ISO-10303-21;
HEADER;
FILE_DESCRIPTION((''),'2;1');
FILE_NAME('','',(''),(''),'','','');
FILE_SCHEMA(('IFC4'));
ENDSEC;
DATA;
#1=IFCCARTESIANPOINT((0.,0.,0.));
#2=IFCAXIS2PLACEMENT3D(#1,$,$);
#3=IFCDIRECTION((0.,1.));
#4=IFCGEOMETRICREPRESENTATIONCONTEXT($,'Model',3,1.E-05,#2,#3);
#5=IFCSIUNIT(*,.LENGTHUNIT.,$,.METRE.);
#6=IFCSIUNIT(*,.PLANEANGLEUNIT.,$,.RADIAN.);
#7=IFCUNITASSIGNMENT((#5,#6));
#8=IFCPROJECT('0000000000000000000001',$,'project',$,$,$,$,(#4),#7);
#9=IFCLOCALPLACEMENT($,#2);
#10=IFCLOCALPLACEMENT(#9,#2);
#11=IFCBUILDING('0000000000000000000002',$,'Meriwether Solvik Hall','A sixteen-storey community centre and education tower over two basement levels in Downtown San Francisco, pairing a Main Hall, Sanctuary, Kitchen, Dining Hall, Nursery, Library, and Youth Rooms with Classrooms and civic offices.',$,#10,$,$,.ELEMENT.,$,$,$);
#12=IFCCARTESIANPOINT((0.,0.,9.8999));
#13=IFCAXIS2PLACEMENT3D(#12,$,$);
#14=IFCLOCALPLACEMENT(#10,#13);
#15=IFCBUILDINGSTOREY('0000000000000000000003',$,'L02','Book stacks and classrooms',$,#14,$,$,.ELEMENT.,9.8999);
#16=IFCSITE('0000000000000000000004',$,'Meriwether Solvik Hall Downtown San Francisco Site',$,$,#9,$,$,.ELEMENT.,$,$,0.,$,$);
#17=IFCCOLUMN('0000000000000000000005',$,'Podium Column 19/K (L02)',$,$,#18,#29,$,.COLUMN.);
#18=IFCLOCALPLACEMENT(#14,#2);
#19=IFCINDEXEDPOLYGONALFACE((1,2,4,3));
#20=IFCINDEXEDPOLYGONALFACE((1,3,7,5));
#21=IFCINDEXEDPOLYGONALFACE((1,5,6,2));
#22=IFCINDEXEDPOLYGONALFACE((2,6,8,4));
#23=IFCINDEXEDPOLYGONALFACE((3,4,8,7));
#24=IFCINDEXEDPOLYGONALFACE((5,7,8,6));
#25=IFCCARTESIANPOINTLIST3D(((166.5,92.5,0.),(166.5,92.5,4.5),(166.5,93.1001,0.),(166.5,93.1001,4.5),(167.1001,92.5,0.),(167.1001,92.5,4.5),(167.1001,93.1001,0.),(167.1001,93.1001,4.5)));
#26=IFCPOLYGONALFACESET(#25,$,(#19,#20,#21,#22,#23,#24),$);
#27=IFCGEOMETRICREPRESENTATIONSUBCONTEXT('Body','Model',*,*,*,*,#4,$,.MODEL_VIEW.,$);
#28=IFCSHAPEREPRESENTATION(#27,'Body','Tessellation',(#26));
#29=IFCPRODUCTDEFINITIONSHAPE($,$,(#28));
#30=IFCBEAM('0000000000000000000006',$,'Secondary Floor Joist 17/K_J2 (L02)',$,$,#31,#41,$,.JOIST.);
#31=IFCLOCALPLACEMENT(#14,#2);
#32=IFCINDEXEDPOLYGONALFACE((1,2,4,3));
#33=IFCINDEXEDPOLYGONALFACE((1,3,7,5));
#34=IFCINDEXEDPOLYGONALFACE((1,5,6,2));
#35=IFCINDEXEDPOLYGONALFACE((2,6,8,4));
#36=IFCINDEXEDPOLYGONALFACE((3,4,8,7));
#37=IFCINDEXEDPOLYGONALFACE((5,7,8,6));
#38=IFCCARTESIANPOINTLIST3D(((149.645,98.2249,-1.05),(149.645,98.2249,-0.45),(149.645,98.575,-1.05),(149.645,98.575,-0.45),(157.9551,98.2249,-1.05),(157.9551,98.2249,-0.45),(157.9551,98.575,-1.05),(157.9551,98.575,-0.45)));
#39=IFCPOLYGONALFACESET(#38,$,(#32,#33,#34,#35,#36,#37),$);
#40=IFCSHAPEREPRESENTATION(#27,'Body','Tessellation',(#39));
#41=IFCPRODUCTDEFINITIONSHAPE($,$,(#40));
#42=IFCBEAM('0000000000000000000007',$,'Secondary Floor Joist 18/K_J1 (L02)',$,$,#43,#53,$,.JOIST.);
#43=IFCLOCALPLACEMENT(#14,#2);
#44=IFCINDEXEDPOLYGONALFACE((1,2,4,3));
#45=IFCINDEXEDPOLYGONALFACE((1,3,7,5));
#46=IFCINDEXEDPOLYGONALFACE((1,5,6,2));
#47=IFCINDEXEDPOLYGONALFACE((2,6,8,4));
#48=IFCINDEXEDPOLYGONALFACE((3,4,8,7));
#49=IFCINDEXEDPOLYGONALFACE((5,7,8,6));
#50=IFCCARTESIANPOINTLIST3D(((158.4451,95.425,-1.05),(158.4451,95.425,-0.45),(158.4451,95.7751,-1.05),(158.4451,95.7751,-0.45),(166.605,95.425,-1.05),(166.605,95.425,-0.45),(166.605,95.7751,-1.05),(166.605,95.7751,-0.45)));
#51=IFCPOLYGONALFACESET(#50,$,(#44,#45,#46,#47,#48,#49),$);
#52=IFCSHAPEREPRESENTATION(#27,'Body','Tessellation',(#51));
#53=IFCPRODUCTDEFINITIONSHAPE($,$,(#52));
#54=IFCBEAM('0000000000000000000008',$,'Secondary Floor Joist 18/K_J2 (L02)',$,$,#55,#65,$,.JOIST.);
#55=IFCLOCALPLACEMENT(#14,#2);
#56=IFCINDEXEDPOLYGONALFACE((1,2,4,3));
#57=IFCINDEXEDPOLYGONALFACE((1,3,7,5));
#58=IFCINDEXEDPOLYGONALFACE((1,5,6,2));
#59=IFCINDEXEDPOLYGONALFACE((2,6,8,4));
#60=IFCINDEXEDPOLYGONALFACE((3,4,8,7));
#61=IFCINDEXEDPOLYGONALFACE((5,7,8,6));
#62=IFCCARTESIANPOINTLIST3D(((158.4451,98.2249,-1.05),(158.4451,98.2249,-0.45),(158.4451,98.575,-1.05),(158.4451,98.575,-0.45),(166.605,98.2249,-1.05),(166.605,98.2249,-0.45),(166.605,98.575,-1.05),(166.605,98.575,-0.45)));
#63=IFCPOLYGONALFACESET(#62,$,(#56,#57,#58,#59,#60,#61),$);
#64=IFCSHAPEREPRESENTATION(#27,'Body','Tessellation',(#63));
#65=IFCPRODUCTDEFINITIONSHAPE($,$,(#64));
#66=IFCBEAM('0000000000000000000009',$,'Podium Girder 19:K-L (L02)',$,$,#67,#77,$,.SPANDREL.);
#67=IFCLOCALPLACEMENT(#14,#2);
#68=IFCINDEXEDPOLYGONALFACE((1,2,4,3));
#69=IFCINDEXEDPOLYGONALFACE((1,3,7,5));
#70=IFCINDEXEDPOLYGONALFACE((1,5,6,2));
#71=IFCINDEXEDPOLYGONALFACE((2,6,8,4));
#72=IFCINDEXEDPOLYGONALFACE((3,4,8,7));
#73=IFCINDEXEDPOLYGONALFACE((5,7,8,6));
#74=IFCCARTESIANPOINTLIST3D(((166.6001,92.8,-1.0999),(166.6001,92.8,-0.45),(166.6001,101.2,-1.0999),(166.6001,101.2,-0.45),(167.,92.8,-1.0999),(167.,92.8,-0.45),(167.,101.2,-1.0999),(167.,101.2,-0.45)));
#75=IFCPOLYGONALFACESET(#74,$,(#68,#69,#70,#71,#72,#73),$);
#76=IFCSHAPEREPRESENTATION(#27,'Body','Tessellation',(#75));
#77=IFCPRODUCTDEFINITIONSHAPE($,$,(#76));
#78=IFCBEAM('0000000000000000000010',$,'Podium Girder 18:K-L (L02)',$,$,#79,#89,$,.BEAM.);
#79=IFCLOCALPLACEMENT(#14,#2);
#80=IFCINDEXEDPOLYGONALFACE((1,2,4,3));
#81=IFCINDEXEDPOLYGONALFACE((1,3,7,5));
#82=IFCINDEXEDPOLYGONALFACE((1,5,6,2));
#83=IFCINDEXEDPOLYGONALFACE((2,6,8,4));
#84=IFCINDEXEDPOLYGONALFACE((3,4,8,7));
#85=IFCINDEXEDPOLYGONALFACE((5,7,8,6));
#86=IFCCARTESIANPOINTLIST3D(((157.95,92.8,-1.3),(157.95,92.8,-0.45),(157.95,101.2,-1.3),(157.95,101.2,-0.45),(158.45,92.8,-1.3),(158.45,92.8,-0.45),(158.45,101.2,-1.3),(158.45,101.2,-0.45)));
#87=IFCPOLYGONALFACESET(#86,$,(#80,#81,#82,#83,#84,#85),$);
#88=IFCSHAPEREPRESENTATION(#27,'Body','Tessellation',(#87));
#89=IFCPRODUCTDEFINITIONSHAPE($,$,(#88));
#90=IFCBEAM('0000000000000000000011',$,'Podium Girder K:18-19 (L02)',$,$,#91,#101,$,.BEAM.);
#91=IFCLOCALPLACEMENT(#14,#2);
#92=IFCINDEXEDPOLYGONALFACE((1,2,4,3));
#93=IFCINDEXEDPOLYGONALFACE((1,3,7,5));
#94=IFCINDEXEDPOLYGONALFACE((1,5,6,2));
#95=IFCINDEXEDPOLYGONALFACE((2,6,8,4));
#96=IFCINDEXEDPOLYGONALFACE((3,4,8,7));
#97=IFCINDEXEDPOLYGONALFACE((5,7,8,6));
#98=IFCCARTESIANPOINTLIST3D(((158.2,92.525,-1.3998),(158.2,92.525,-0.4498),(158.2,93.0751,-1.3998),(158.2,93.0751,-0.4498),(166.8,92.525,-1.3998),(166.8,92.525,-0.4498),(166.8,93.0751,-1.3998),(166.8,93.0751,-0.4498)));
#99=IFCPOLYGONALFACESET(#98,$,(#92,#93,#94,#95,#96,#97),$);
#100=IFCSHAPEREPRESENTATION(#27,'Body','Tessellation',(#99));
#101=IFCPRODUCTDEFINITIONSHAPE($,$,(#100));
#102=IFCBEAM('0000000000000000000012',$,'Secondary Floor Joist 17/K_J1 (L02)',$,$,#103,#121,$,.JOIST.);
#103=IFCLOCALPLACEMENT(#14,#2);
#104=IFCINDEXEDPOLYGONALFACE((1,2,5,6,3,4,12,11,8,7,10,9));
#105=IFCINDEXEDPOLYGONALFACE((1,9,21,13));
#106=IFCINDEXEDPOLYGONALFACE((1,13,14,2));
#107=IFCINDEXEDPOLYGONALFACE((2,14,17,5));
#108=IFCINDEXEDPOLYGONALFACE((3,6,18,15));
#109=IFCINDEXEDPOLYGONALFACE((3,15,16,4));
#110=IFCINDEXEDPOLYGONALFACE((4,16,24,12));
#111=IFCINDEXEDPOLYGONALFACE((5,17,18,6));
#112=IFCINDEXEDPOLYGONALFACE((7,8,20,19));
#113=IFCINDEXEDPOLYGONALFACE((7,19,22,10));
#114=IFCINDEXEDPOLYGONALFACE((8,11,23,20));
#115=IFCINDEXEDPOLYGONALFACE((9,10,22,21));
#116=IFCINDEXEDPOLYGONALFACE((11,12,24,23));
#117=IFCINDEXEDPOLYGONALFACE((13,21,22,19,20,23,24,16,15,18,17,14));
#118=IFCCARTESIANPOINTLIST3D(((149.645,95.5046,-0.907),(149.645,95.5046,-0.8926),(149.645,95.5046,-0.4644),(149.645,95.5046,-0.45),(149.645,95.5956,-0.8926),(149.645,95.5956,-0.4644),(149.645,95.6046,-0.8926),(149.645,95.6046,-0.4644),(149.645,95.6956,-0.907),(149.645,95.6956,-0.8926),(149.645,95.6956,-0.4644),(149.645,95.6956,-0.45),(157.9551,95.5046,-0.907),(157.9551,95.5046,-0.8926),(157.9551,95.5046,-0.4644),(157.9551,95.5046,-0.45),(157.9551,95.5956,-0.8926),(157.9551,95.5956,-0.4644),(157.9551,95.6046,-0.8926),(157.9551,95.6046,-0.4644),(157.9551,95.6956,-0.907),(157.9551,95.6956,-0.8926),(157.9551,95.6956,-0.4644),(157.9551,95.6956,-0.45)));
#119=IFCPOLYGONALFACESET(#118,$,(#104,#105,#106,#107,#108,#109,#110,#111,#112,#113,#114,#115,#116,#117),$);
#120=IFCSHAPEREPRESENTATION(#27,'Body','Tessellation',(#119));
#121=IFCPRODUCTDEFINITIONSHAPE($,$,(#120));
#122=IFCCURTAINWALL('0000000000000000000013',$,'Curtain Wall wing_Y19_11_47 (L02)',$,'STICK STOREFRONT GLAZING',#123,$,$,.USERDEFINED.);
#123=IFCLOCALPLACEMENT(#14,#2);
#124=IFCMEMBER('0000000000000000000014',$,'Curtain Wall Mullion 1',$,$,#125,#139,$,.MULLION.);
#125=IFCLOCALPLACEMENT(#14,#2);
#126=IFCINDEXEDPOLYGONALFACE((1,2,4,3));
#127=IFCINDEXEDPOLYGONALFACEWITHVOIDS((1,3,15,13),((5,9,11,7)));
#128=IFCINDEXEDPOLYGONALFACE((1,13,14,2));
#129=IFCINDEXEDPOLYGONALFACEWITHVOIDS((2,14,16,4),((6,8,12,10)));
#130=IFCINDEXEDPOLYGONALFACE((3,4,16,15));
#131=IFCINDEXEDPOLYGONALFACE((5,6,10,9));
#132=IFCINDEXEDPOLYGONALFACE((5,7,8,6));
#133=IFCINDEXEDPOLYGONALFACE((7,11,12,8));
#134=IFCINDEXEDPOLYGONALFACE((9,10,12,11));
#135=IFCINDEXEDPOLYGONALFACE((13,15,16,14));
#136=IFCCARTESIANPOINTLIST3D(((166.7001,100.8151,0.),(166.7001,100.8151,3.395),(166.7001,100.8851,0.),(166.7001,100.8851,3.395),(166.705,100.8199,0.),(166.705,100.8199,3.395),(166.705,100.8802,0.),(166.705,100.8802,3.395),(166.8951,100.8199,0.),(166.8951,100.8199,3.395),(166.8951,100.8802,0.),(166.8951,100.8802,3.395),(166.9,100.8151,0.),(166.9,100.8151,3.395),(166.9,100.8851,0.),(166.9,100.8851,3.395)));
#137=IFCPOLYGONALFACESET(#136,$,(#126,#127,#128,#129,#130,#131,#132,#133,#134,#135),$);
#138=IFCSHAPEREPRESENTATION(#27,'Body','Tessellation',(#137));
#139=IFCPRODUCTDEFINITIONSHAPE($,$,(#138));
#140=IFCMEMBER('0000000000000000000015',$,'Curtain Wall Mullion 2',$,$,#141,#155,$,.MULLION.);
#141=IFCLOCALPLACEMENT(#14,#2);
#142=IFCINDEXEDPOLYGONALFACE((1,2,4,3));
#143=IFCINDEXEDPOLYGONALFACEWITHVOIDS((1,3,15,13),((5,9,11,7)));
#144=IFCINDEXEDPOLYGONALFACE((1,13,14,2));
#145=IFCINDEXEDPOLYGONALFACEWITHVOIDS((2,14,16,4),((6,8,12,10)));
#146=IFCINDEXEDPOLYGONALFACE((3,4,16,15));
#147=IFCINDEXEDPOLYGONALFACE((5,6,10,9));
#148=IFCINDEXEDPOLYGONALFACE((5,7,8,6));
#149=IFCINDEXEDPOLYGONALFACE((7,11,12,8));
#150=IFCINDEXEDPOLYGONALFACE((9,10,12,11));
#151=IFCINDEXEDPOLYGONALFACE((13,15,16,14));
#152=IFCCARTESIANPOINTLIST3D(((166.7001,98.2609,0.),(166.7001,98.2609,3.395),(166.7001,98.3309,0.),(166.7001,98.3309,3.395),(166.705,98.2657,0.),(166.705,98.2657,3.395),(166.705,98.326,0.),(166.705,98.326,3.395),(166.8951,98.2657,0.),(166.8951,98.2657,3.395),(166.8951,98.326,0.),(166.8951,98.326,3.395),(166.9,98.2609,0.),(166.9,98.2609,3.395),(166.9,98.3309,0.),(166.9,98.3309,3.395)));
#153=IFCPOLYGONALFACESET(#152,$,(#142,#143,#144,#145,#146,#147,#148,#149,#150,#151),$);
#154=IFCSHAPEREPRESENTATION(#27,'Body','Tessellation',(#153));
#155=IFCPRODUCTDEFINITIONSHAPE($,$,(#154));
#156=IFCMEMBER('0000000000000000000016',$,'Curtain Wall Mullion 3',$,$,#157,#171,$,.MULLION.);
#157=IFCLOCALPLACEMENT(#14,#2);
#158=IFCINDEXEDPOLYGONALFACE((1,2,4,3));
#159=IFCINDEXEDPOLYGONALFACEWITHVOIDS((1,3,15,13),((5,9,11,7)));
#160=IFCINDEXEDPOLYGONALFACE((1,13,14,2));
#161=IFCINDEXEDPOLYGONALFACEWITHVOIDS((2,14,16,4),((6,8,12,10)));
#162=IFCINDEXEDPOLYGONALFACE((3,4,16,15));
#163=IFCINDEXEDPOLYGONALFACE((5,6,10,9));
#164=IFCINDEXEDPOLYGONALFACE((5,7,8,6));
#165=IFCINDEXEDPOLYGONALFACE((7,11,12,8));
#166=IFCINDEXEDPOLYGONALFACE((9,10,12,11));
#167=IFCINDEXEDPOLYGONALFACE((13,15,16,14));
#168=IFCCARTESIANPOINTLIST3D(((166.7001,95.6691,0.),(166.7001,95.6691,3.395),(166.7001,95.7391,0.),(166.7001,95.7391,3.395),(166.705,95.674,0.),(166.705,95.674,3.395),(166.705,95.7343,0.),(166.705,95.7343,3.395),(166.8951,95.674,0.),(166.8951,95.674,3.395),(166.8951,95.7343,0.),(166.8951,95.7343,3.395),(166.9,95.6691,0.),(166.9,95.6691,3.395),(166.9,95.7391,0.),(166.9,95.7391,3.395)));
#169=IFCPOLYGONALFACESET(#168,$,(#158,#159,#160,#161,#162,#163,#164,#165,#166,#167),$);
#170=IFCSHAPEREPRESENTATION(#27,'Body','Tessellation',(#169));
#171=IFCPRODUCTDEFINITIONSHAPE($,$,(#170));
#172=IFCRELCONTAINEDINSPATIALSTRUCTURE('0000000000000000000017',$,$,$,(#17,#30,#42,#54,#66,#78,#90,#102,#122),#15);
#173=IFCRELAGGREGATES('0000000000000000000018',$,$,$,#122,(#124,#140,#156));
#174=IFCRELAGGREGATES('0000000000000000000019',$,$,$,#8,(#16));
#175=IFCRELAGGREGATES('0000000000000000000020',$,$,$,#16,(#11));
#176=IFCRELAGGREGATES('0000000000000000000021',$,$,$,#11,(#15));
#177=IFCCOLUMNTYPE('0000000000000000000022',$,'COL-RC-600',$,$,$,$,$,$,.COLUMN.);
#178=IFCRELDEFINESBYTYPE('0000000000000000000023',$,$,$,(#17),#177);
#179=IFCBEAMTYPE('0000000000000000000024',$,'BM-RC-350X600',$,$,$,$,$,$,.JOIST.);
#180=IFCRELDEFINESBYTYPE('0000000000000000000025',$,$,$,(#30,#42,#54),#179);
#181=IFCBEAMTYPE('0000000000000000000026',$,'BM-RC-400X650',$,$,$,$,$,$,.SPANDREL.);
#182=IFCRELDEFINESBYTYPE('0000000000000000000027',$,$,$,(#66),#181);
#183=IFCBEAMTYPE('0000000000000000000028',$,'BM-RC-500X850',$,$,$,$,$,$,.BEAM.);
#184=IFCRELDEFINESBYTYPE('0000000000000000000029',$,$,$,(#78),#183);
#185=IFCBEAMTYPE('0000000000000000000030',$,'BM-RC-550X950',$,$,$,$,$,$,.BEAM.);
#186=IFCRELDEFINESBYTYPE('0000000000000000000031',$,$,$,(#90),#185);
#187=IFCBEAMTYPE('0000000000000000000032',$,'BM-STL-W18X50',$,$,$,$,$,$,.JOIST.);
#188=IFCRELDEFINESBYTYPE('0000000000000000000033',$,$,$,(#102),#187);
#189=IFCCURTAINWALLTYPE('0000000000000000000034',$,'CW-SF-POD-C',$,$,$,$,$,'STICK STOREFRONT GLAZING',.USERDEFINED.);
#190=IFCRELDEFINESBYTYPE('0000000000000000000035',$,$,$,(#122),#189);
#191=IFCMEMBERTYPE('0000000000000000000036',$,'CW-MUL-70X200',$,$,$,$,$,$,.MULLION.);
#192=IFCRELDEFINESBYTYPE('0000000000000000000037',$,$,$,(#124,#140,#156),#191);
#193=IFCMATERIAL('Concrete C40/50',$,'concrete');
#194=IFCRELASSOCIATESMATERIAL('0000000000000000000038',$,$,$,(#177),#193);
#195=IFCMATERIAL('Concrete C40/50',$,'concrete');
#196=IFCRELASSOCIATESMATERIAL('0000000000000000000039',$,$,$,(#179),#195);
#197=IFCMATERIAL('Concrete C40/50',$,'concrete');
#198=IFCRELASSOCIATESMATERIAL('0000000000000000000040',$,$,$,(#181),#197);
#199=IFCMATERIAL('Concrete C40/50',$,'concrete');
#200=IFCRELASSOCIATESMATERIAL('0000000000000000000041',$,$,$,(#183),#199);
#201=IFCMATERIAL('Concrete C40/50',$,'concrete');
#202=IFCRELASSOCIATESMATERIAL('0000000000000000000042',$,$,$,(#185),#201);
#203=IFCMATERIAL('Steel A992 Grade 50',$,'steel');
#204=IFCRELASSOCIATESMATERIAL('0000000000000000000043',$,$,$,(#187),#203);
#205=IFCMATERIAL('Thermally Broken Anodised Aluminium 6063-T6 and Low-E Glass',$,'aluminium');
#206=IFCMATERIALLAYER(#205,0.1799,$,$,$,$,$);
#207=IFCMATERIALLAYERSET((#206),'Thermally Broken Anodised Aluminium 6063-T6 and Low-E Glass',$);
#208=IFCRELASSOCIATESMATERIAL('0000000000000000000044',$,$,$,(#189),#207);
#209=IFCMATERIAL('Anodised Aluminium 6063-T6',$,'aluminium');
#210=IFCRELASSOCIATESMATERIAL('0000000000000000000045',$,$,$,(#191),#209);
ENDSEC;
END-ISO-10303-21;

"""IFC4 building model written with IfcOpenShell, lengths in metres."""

from ifc_helpers import new_model, si_unit, direction, frame, origin, origin_2d, place, context, subcontext, project, spatial, rectangle, hollow_rectangle, i_section, extrude, material, layer, layer_set, material_profile, profile_set, type_object, element, aggregate, save


model = new_model("IFC4")

# Units and contexts
model_context = context("Model", 3, precision=1e-05, world=origin(), true_north=direction((0.0, 1.0)))
body_context = subcontext(model_context, "Body", "Model", "MODEL_VIEW")
ifc_project = project(units=[si_unit("LENGTHUNIT", "METRE"), si_unit("PLANEANGLEUNIT", "RADIAN")], contexts=[model_context])

# Site, building, storey
site_placement = place(None, origin())
site = spatial("IfcSite", under=ifc_project, at=site_placement, Name="Meriwether Solvik Hall Downtown San Francisco Site", CompositionType="ELEMENT", RefElevation=0.0)
building_placement = place(site_placement, origin())
building = spatial("IfcBuilding", under=site, at=building_placement, Name="Meriwether Solvik Hall", Description="A sixteen-storey community centre and education tower over two basement levels in Downtown San Francisco, pairing a Main Hall, Sanctuary, Kitchen, Dining Hall, Nursery, Library, and Youth Rooms with Classrooms and civic offices.", CompositionType="ELEMENT")
storey_placement = place(building_placement, frame((0.0, 0.0, 9.8999)))
storey = spatial("IfcBuildingStorey", under=building, at=storey_placement, Name="L02", Description="Book stacks and classrooms", CompositionType="ELEMENT", Elevation=9.8999)

# Column
ifc_material_1 = material(Name="Concrete C40/50", Category="concrete")
ifc_material_profile_1 = material_profile(ifc_material_1, rectangle(XDim=0.6001, YDim=0.6001, at=origin_2d()), Name="RCC-600X600")
ifc_profile_set_1 = profile_set([ifc_material_profile_1], Name="Concrete C40/50")
column_type = type_object("IfcColumnType", Name="COL-RC-600", PredefinedType="COLUMN", material=ifc_profile_set_1)
column_placement = place(storey_placement, frame((166.8, 92.8, 0.0), z_axis=(0.0, 0.0, 1.0), x_axis=(1.0, 0.0, 0.0)))
element("IfcColumn", 1, at=column_placement, inside=storey, type_object=column_type, Name="Podium Column 19/K (L02)", PredefinedType="COLUMN", context=body_context, shape_type="SweptSolid", body=[
    extrude(rectangle(XDim=0.6001, YDim=0.6001, at=origin_2d()), origin(), (0.0, 0.0, 1.0), 4.5),
])

# Beams
ifc_material_2 = material(Name="Concrete C40/50", Category="concrete")
ifc_material_profile_2 = material_profile(ifc_material_2, rectangle(XDim=0.3501, YDim=0.6001, at=origin_2d()), Name="RCB-350X600")
ifc_profile_set_2 = profile_set([ifc_material_profile_2], Name="Concrete C40/50")
beam_type_1 = type_object("IfcBeamType", Name="BM-RC-350X600", PredefinedType="JOIST", material=ifc_profile_set_2)
beam_1_placement = place(storey_placement, frame((149.645, 98.3999, -0.75), z_axis=(1.0, 0.0, 0.0), x_axis=(0.0, 1.0, 0.0)))
element("IfcBeam", 2, at=beam_1_placement, inside=storey, type_object=beam_type_1, Name="Secondary Floor Joist 17/K_J2 (L02)", PredefinedType="JOIST", context=body_context, shape_type="SweptSolid", body=[
    extrude(rectangle(XDim=0.3501, YDim=0.6001, at=origin_2d()), origin(), (0.0, 0.0, 1.0), 8.3101),
])
for number, where, z_axis, x_axis, name in (
    (3, (158.4451, 95.6001, -0.75), (1.0, 0.0, 0.0), (0.0, 1.0, 0.0), "Secondary Floor Joist 18/K_J1 (L02)"),
    (4, (158.4451, 98.3999, -0.75), (1.0, 0.0, 0.0), (0.0, 1.0, 0.0), "Secondary Floor Joist 18/K_J2 (L02)"),
):
    element("IfcBeam", number, at=place(storey_placement, frame(where, z_axis=z_axis, x_axis=x_axis)), inside=storey, type_object=beam_type_1, Name=name, PredefinedType="JOIST", context=body_context, shape_type="SweptSolid", body=[
        extrude(rectangle(XDim=0.3501, YDim=0.6001, at=origin_2d()), origin(), (0.0, 0.0, 1.0), 8.1599),
    ])
ifc_material_3 = material(Name="Concrete C40/50", Category="concrete")
ifc_material_profile_3 = material_profile(ifc_material_3, rectangle(XDim=0.3999, YDim=0.6499, at=origin_2d()), Name="RCB-400X650")
ifc_profile_set_3 = profile_set([ifc_material_profile_3], Name="Concrete C40/50")
beam_type_2 = type_object("IfcBeamType", Name="BM-RC-400X650", PredefinedType="SPANDREL", material=ifc_profile_set_3)
beam_2_placement = place(storey_placement, frame((166.8, 92.8, -0.7749), z_axis=(0.0, 1.0, 0.0), x_axis=(-1.0, 0.0, 0.0)))
element("IfcBeam", 5, at=beam_2_placement, inside=storey, type_object=beam_type_2, Name="Podium Girder 19:K-L (L02)", PredefinedType="SPANDREL", context=body_context, shape_type="SweptSolid", body=[
    extrude(rectangle(XDim=0.3999, YDim=0.6499, at=origin_2d()), origin(), (0.0, 0.0, 1.0), 8.3999),
])
ifc_material_4 = material(Name="Concrete C40/50", Category="concrete")
ifc_material_profile_4 = material_profile(ifc_material_4, rectangle(XDim=0.5, YDim=0.8501, at=origin_2d()), Name="RCB-500X850")
ifc_profile_set_4 = profile_set([ifc_material_profile_4], Name="Concrete C40/50")
beam_type_3 = type_object("IfcBeamType", Name="BM-RC-500X850", PredefinedType="BEAM", material=ifc_profile_set_4)
beam_3_placement = place(storey_placement, frame((158.2, 92.8, -0.875), z_axis=(0.0, 1.0, 0.0), x_axis=(-1.0, 0.0, 0.0)))
element("IfcBeam", 6, at=beam_3_placement, inside=storey, type_object=beam_type_3, Name="Podium Girder 18:K-L (L02)", PredefinedType="BEAM", context=body_context, shape_type="SweptSolid", body=[
    extrude(rectangle(XDim=0.5, YDim=0.8501, at=origin_2d()), origin(), (0.0, 0.0, 1.0), 8.3999),
])
ifc_material_5 = material(Name="Concrete C40/50", Category="concrete")
ifc_material_profile_5 = material_profile(ifc_material_5, rectangle(XDim=0.55, YDim=0.95, at=origin_2d()), Name="RCB-550X950")
ifc_profile_set_5 = profile_set([ifc_material_profile_5], Name="Concrete C40/50")
beam_type_4 = type_object("IfcBeamType", Name="BM-RC-550X950", PredefinedType="BEAM", material=ifc_profile_set_5)
beam_4_placement = place(storey_placement, frame((158.2, 92.8, -0.9248), z_axis=(1.0, 0.0, 0.0), x_axis=(0.0, 1.0, 0.0)))
element("IfcBeam", 7, at=beam_4_placement, inside=storey, type_object=beam_type_4, Name="Podium Girder K:18-19 (L02)", PredefinedType="BEAM", context=body_context, shape_type="SweptSolid", body=[
    extrude(rectangle(XDim=0.55, YDim=0.95, at=origin_2d()), origin(), (0.0, 0.0, 1.0), 8.6001),
])
ifc_material_6 = material(Name="Steel A992 Grade 50", Category="steel")
ifc_material_profile_6 = material_profile(ifc_material_6, i_section(OverallWidth=0.1909, OverallDepth=0.457, WebThickness=0.009, FlangeThickness=0.0144, at=origin_2d()), Name="W18X50")
ifc_profile_set_6 = profile_set([ifc_material_profile_6], Name="Steel A992 Grade 50")
beam_type_5 = type_object("IfcBeamType", Name="BM-STL-W18X50", PredefinedType="JOIST", material=ifc_profile_set_6)
beam_5_placement = place(storey_placement, frame((149.645, 95.6001, -0.6785), z_axis=(1.0, 0.0, 0.0), x_axis=(0.0, 1.0, 0.0)))
element("IfcBeam", 8, at=beam_5_placement, inside=storey, type_object=beam_type_5, Name="Secondary Floor Joist 17/K_J1 (L02)", PredefinedType="JOIST", context=body_context, shape_type="SweptSolid", body=[
    extrude(i_section(OverallWidth=0.1909, OverallDepth=0.457, WebThickness=0.009, FlangeThickness=0.0144, at=origin_2d()), origin(), (0.0, 0.0, 1.0), 8.3101),
])

# Curtain wall, members
ifc_material_7 = material(Name="Thermally Broken Anodised Aluminium 6063-T6 and Low-E Glass", Category="aluminium")
ifc_layer_1 = layer(ifc_material_7, 0.1799)
ifc_layer_set_1 = layer_set([ifc_layer_1], Name="Thermally Broken Anodised Aluminium 6063-T6 and Low-E Glass")
curtain_wall_type = type_object("IfcCurtainWallType", Name="CW-SF-POD-C", ElementType="STICK STOREFRONT GLAZING", PredefinedType="USERDEFINED", material=ifc_layer_set_1)
curtain_wall_placement = place(storey_placement, origin())
curtain_wall = element("IfcCurtainWall", 9, at=curtain_wall_placement, inside=storey, type_object=curtain_wall_type, Name="Curtain Wall wing_Y19_11_47 (L02)", ObjectType="STICK STOREFRONT GLAZING", PredefinedType="USERDEFINED")
ifc_material_8 = material(Name="Anodised Aluminium 6063-T6", Category="aluminium")
ifc_material_profile_7 = material_profile(ifc_material_8, hollow_rectangle(XDim=0.0701, YDim=0.2, WallThickness=0.0049, at=origin_2d()), Name="CWM-70X200")
ifc_profile_set_7 = profile_set([ifc_material_profile_7], Name="Anodised Aluminium 6063-T6")
member_type_1 = type_object("IfcMemberType", Name="CW-MUL-70X200", PredefinedType="MULLION", material=ifc_profile_set_7)
member_1_placement = place(storey_placement, frame((166.8, 100.8501, 0.0), z_axis=(0.0, 0.0, 1.0), x_axis=(0.0, -1.0, 0.0)))
member_1 = element("IfcMember", 10, at=member_1_placement, type_object=member_type_1, Name="Curtain Wall Mullion 1", PredefinedType="MULLION", context=body_context, shape_type="SweptSolid", body=[
    extrude(hollow_rectangle(XDim=0.0701, YDim=0.2, WallThickness=0.0049, at=origin_2d()), origin(), (0.0, 0.0, 1.0), 3.395),
])
member_2_placement = place(storey_placement, frame((166.8, 98.2959, 0.0), z_axis=(0.0, 0.0, 1.0), x_axis=(0.0, -1.0, 0.0)))
member_2 = element("IfcMember", 11, at=member_2_placement, type_object=member_type_1, Name="Curtain Wall Mullion 2", PredefinedType="MULLION", context=body_context, shape_type="SweptSolid", body=[
    extrude(hollow_rectangle(XDim=0.0701, YDim=0.2, WallThickness=0.0049, at=origin_2d()), origin(), (0.0, 0.0, 1.0), 3.395),
])
member_3_placement = place(storey_placement, frame((166.8, 95.7041, 0.0), z_axis=(0.0, 0.0, 1.0), x_axis=(0.0, -1.0, 0.0)))
member_3 = element("IfcMember", 12, at=member_3_placement, type_object=member_type_1, Name="Curtain Wall Mullion 3", PredefinedType="MULLION", context=body_context, shape_type="SweptSolid", body=[
    extrude(hollow_rectangle(XDim=0.0701, YDim=0.2, WallThickness=0.0049, at=origin_2d()), origin(), (0.0, 0.0, 1.0), 3.395),
])
aggregate(curtain_wall, [member_1, member_2, member_3])

save(model, "model.ifc")
